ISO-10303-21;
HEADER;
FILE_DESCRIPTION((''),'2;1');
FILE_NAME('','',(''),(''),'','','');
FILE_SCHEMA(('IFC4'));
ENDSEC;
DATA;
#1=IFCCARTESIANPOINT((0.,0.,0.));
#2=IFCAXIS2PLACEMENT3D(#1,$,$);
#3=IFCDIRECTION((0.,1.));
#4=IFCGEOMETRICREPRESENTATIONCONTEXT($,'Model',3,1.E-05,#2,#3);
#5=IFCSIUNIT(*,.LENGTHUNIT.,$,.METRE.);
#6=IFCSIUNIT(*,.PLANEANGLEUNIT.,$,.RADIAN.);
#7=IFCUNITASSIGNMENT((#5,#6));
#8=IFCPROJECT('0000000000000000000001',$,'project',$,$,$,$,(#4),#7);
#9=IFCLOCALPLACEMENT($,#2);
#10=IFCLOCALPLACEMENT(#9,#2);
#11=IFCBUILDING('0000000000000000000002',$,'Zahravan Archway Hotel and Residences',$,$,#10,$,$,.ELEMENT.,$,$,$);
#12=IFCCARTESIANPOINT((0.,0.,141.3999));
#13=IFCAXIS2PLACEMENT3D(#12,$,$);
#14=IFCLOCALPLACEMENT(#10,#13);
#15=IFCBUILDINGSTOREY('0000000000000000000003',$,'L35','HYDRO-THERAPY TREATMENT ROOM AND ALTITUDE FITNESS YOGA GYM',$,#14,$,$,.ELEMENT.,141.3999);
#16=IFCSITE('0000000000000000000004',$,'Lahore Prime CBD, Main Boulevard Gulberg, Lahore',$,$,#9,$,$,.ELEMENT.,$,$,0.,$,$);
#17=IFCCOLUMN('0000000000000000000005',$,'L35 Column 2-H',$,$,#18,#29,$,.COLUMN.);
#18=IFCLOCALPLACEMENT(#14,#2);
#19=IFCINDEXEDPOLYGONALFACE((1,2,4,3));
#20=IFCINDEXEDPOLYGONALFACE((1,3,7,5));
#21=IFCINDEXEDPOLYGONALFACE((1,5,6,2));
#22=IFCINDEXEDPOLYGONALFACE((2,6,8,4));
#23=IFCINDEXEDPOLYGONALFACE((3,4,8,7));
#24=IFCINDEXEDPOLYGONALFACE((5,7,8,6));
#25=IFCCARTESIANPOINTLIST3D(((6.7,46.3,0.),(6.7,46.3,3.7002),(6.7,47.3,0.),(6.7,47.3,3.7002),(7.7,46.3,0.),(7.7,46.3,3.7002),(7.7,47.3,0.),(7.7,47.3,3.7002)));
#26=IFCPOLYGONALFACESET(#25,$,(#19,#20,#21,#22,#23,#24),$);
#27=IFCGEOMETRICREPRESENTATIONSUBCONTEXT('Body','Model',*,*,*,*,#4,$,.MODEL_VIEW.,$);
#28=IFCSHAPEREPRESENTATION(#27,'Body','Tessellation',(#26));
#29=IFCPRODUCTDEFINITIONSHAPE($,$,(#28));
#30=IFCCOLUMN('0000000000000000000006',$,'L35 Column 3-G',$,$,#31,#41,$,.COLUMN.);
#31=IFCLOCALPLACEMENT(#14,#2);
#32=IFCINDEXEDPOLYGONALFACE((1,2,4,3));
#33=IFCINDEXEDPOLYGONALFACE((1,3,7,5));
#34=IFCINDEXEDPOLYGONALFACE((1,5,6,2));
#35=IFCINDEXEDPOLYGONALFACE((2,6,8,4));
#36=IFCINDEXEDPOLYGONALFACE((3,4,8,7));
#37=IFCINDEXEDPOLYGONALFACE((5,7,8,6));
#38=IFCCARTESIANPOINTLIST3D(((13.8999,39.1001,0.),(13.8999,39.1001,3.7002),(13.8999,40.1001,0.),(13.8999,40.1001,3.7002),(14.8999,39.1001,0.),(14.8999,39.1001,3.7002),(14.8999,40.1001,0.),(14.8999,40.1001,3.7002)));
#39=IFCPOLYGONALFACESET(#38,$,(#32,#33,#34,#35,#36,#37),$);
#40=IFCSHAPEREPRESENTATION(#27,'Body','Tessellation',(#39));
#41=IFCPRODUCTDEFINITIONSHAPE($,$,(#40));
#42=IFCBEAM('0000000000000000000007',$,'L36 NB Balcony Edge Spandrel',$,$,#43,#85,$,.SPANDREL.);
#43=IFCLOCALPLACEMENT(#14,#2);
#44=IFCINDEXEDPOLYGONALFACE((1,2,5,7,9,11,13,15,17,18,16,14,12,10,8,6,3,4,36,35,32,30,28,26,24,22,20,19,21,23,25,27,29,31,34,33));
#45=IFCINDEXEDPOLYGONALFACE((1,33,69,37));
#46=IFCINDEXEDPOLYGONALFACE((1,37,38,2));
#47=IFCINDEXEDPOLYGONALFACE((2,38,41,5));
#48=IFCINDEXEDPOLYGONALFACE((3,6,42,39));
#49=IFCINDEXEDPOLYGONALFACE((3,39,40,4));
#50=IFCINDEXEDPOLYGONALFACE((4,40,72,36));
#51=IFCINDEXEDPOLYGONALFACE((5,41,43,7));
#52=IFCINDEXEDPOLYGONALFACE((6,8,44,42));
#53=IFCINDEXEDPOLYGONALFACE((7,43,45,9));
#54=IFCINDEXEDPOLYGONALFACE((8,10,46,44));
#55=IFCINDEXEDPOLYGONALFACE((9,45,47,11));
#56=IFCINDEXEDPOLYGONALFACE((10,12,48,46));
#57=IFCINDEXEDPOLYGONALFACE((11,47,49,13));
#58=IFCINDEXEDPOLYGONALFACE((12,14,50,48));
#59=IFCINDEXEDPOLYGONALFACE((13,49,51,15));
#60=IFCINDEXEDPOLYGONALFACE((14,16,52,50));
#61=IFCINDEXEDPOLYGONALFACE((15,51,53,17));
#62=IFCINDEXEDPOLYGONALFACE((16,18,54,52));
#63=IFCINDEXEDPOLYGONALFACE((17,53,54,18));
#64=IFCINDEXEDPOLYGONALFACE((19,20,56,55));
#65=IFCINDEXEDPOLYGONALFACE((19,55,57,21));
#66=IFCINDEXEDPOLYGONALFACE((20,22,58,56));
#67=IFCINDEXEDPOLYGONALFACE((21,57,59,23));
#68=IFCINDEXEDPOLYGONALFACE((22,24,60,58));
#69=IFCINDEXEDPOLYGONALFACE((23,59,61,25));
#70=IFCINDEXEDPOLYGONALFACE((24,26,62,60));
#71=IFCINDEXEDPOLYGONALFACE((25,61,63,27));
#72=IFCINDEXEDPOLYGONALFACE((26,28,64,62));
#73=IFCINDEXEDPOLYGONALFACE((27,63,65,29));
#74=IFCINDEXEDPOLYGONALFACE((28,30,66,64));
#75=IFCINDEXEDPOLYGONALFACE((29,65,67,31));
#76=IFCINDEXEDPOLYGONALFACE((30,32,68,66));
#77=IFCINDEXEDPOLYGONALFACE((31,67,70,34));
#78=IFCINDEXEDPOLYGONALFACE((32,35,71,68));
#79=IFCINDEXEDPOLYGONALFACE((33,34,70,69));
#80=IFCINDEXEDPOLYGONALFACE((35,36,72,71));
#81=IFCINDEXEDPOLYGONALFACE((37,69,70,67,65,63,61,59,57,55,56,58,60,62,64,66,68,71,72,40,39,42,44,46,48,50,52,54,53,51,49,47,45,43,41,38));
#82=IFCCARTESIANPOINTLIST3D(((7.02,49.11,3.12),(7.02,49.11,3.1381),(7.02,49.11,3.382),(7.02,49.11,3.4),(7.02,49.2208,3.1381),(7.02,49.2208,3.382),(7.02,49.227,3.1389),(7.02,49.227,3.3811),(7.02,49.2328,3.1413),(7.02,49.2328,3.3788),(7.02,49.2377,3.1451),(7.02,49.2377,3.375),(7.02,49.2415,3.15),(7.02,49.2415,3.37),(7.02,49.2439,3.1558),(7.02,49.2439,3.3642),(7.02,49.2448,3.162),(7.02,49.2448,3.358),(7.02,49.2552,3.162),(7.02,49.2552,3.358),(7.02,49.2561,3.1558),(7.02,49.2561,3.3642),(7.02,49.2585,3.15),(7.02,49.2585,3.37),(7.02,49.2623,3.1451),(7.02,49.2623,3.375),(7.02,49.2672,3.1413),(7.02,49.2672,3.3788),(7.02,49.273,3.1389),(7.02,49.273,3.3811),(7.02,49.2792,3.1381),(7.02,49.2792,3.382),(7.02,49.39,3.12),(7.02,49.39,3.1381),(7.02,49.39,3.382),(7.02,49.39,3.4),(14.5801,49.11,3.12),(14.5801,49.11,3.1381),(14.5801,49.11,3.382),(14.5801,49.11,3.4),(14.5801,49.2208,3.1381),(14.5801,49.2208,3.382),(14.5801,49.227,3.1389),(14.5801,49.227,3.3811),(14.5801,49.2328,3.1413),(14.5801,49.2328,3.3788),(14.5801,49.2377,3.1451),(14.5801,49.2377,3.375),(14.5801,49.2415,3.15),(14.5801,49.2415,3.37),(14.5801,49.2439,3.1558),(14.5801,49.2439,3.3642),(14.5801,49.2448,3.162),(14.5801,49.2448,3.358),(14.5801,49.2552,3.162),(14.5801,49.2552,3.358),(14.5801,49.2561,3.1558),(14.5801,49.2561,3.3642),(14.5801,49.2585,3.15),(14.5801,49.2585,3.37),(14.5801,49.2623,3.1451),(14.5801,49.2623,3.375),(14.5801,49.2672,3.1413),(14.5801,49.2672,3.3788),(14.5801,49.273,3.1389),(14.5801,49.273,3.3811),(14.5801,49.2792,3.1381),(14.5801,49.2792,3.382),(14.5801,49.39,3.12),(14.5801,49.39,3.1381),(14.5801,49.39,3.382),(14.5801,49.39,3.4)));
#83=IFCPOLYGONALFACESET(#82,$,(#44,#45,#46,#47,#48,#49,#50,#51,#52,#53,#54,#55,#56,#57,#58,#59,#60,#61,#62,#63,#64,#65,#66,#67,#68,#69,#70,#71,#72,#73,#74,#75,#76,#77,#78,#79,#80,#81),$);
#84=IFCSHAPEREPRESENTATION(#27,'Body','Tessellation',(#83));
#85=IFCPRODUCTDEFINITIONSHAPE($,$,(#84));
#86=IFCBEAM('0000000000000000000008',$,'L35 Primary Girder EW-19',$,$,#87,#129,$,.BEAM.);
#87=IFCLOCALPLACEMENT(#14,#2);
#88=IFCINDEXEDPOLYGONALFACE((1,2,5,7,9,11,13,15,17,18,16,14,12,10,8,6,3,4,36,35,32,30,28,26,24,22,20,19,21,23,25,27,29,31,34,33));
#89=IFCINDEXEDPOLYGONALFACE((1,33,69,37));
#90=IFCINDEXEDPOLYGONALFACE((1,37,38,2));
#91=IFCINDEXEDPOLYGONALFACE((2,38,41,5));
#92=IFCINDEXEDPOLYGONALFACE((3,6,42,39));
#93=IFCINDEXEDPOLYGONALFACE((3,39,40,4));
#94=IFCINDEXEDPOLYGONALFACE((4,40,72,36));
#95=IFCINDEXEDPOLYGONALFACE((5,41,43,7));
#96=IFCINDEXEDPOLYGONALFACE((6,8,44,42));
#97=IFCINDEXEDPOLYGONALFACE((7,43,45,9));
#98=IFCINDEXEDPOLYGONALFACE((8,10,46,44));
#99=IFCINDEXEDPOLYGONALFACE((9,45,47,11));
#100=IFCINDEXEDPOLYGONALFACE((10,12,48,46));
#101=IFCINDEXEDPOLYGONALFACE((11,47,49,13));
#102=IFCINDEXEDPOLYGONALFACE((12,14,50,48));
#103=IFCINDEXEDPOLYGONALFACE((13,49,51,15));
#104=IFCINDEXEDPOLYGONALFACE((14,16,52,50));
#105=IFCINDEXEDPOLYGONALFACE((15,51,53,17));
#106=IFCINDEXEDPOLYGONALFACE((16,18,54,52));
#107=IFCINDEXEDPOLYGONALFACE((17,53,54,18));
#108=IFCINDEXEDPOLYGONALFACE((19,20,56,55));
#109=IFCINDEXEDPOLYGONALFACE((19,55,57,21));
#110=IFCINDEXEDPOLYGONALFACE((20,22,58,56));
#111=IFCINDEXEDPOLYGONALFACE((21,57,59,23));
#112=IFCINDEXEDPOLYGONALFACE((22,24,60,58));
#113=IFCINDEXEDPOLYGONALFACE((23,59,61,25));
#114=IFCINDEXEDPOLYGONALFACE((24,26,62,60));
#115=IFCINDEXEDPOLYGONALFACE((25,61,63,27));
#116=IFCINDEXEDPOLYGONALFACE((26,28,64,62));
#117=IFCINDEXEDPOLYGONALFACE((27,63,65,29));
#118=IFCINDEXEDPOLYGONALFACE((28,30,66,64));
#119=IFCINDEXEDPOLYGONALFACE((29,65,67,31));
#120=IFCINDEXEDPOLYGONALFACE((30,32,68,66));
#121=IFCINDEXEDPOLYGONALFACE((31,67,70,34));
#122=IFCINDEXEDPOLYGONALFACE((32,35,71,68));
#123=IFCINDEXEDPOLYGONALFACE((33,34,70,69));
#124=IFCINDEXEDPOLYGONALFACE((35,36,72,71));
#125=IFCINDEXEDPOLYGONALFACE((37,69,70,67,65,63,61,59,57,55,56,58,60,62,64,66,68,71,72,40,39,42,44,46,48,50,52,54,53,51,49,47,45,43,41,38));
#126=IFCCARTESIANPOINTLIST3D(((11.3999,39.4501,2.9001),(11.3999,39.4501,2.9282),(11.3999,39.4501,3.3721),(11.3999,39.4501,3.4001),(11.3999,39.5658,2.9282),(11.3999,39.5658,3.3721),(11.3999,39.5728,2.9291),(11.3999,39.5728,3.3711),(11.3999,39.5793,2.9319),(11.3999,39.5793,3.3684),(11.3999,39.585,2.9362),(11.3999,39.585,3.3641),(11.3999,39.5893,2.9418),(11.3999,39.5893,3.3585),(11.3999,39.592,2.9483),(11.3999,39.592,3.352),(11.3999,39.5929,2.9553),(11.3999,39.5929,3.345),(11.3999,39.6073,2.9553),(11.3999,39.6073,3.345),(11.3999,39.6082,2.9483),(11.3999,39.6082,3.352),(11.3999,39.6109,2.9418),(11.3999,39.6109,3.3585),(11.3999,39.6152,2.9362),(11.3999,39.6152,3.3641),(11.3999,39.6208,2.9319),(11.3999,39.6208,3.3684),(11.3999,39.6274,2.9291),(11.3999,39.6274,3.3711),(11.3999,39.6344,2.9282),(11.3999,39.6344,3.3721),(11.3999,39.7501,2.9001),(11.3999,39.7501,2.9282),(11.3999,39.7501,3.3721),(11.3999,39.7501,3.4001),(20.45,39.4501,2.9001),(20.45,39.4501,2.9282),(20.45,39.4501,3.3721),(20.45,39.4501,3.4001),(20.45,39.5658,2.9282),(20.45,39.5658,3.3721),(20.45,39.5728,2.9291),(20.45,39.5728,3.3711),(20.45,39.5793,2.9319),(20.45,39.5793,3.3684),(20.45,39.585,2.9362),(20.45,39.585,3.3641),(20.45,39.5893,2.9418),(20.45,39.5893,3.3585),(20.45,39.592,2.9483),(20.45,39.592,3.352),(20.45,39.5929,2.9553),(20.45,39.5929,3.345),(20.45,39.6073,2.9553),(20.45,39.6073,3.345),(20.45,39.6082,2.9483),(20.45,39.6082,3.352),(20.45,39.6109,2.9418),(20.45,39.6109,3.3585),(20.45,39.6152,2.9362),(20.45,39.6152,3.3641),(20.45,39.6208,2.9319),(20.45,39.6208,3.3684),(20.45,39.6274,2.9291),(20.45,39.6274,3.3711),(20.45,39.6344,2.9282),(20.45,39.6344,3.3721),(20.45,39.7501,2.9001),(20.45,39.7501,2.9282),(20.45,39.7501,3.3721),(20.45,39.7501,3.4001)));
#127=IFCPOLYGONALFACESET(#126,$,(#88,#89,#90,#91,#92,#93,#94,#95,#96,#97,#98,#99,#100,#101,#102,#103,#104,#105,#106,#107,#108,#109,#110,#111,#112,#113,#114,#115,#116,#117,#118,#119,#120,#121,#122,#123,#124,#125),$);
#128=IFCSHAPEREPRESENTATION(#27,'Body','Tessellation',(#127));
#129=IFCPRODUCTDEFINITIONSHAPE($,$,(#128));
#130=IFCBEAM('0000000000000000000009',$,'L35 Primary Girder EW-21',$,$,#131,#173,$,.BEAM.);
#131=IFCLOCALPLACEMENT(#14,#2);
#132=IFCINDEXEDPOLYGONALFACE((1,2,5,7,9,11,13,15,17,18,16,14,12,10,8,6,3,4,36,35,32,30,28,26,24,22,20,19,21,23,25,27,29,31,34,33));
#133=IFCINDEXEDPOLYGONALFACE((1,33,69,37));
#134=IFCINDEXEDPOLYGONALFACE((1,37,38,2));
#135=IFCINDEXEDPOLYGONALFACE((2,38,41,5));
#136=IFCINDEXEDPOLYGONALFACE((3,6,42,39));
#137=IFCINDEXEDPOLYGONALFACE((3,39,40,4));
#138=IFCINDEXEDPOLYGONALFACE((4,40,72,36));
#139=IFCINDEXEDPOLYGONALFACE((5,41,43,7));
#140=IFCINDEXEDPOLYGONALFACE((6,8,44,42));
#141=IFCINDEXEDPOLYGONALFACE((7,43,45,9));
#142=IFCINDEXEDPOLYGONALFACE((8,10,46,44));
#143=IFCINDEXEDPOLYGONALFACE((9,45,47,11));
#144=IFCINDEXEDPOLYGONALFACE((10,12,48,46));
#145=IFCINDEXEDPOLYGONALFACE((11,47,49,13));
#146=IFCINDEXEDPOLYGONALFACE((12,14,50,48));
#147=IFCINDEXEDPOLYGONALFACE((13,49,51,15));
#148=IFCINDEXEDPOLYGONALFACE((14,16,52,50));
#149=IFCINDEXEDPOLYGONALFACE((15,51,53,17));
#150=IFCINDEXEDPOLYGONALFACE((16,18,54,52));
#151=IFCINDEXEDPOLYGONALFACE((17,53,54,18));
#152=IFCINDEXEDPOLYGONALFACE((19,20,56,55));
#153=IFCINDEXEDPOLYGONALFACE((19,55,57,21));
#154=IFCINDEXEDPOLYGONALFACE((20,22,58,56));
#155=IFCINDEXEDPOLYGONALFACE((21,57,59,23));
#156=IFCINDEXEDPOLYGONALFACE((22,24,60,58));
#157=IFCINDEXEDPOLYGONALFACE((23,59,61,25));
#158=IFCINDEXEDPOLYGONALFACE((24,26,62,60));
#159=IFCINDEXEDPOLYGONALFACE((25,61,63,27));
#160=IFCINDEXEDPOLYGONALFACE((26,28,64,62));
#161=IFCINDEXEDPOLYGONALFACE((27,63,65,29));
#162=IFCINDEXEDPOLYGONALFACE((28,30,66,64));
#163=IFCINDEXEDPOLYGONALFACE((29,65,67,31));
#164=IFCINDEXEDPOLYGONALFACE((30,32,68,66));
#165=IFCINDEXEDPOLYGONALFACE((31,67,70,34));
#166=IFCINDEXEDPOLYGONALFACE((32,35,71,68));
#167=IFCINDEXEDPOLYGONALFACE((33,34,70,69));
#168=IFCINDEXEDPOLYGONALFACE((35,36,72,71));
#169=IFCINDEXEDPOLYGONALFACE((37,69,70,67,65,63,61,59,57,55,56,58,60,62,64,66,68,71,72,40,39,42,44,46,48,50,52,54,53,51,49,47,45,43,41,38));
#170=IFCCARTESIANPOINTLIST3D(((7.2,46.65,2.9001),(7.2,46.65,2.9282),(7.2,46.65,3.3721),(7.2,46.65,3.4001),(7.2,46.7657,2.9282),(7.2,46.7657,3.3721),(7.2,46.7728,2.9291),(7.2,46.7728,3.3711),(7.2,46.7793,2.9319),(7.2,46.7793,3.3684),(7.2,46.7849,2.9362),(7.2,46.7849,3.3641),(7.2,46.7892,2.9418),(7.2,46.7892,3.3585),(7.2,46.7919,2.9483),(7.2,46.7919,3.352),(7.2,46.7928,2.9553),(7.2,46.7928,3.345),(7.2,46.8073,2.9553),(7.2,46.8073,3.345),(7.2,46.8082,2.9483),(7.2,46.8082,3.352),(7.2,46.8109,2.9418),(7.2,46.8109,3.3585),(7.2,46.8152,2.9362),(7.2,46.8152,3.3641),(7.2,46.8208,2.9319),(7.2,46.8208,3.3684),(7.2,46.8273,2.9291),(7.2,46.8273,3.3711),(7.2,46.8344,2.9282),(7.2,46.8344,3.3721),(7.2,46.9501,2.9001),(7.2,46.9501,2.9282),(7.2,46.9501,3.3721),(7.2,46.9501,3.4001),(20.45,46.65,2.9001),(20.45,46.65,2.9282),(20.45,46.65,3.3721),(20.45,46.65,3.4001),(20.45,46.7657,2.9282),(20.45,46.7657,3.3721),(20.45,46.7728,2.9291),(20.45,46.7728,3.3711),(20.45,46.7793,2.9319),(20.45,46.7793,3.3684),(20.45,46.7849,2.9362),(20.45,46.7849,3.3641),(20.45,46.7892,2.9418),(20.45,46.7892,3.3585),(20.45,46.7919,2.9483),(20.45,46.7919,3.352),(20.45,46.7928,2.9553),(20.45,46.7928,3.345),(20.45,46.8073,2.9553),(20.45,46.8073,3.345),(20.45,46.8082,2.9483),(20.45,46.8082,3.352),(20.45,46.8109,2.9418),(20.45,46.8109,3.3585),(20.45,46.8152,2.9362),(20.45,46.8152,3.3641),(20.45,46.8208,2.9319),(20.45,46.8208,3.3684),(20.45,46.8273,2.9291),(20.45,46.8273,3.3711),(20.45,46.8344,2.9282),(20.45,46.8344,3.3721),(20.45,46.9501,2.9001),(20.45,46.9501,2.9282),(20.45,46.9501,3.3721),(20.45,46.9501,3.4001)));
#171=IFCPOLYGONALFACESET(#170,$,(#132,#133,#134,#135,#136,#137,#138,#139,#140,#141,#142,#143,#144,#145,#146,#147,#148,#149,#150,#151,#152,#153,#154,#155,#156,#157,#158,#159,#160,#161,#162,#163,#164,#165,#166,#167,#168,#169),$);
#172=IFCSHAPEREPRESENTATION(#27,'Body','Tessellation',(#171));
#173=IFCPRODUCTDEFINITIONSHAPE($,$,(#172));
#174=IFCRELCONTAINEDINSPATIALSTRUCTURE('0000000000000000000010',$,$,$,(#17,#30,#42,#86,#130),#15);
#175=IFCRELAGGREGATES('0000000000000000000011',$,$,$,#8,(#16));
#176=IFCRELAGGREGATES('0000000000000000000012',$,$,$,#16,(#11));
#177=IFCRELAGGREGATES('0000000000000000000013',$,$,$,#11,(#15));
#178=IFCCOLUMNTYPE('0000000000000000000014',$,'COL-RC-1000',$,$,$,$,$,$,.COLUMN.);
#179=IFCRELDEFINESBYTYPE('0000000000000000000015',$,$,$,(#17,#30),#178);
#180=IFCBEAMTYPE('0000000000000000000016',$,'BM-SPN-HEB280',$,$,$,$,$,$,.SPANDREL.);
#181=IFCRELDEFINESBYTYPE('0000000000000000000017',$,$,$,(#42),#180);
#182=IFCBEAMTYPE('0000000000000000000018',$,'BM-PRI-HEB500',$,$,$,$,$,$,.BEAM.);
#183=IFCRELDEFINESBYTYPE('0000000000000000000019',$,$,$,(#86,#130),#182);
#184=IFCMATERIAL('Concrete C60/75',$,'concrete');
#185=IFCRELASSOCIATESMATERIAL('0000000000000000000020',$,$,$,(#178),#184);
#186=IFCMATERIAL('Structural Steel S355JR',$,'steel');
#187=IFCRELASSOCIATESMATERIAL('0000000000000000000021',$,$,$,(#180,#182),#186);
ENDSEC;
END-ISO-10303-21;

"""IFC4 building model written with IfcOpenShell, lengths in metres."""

from ifc_helpers import new_model, si_unit, direction, frame, origin, origin_2d, place, context, subcontext, project, spatial, rectangle, i_section, extrude, source, transform, mapped, material, material_profile, profile_set, type_object, type_shapes, element, save


model = new_model("IFC4")

# Units and contexts
model_context = context("Model", 3, precision=1e-05, world=origin(), true_north=direction((0.0, 1.0)))
body_context = subcontext(model_context, "Body", "Model", "MODEL_VIEW")
ifc_project = project(units=[si_unit("LENGTHUNIT", "METRE"), si_unit("PLANEANGLEUNIT", "RADIAN")], contexts=[model_context])

# Site, building, storey
site_placement = place(None, origin())
site = spatial("IfcSite", under=ifc_project, at=site_placement, Name="Lahore Prime CBD, Main Boulevard Gulberg, Lahore", CompositionType="ELEMENT", RefElevation=0.0)
building_placement = place(site_placement, origin())
building = spatial("IfcBuilding", under=site, at=building_placement, Name="Zahravan Archway Hotel and Residences", CompositionType="ELEMENT")
storey_placement = place(building_placement, frame((0.0, 0.0, 141.3999)))
storey = spatial("IfcBuildingStorey", under=building, at=storey_placement, Name="L35", Description="HYDRO-THERAPY TREATMENT ROOM AND ALTITUDE FITNESS YOGA GYM", CompositionType="ELEMENT", Elevation=141.3999)

# Columns
ifc_material_1 = material(Name="Concrete C60/75", Category="concrete")
ifc_material_profile_1 = material_profile(ifc_material_1, rectangle(XDim=1.0, YDim=1.0, at=origin_2d()), Name="RC-COL-1000x1000", Category="concrete")
ifc_profile_set_1 = profile_set([ifc_material_profile_1], Name="Concrete C60/75")
column_type = type_object("IfcColumnType", Name="COL-RC-1000", PredefinedType="COLUMN", material=ifc_profile_set_1)
shared_shape_1 = source(origin(), body_context, "Body", "SweptSolid", [
    extrude(rectangle(XDim=1.0, YDim=1.0, at=origin_2d()), origin(), (0.0, 0.0, 1.0), 3.7002),
])
for number, where, z_axis, x_axis, name in (
    (1, (7.2, 46.8, 0.0), (0.0, 0.0, 1.0), (1.0, 0.0, 0.0), "L35 Column 2-H"),
    (2, (14.3999, 39.6001, 0.0), (0.0, 0.0, 1.0), (1.0, 0.0, 0.0), "L35 Column 3-G"),
):
    element("IfcColumn", number, at=place(storey_placement, frame(where, z_axis=z_axis, x_axis=x_axis)), inside=storey, type_object=column_type, Name=name, PredefinedType="COLUMN", context=body_context, shape_type="MappedRepresentation", body=[
        mapped(shared_shape_1, transform((0.0, 0.0, 0.0), scale=1.0)),
    ])

# Beams
ifc_material_2 = material(Name="Structural Steel S355JR", Category="steel")
ifc_material_profile_2 = material_profile(ifc_material_2, i_section(OverallWidth=0.28, OverallDepth=0.28, WebThickness=0.0105, FlangeThickness=0.0181, FilletRadius=0.0239, at=origin_2d()), Name="HEB 280", Category="steel")
ifc_profile_set_2 = profile_set([ifc_material_profile_2], Name="Structural Steel S355JR")
beam_type_1 = type_object("IfcBeamType", Name="BM-SPN-HEB280", PredefinedType="SPANDREL", material=ifc_profile_set_2)
shared_shape_2 = source(origin(), body_context, "Body", "SweptSolid", [
    extrude(i_section(OverallWidth=0.28, OverallDepth=0.28, WebThickness=0.0105, FlangeThickness=0.0181, FilletRadius=0.0239, at=origin_2d()), origin(), (0.0, 0.0, 1.0), 7.5601),
])
type_shapes(beam_type_1, [shared_shape_2])
beam_1_placement = place(storey_placement, frame((7.02, 49.25, 3.26), z_axis=(1.0, 0.0, 0.0), x_axis=(0.0, 1.0, 0.0)))
element("IfcBeam", 3, at=beam_1_placement, inside=storey, type_object=beam_type_1, Name="L36 NB Balcony Edge Spandrel", PredefinedType="SPANDREL", context=body_context, shape_type="MappedRepresentation", body=[
    mapped(shared_shape_2, transform((0.0, 0.0, 0.0), scale=1.0)),
])
ifc_material_profile_3 = material_profile(ifc_material_2, i_section(OverallWidth=0.3, OverallDepth=0.5, WebThickness=0.0144, FlangeThickness=0.0281, FilletRadius=0.0271, at=origin_2d()), Name="HEB 500", Category="steel")
ifc_profile_set_3 = profile_set([ifc_material_profile_3], Name="Structural Steel S355JR")
beam_type_2 = type_object("IfcBeamType", Name="BM-PRI-HEB500", PredefinedType="BEAM", material=ifc_profile_set_3)
shared_shape_3 = source(origin(), body_context, "Body", "SweptSolid", [
    extrude(i_section(OverallWidth=0.3, OverallDepth=0.5, WebThickness=0.0144, FlangeThickness=0.0281, FilletRadius=0.0271, at=origin_2d()), origin(), (0.0, 0.0, 1.0), 9.05),
])
beam_2_placement = place(storey_placement, frame((11.3999, 39.6001, 3.1501), z_axis=(1.0, 0.0, 0.0), x_axis=(0.0, 1.0, 0.0)))
element("IfcBeam", 4, at=beam_2_placement, inside=storey, type_object=beam_type_2, Name="L35 Primary Girder EW-19", PredefinedType="BEAM", context=body_context, shape_type="MappedRepresentation", body=[
    mapped(shared_shape_3, transform((0.0, 0.0, 0.0), scale=1.0)),
])
shared_shape_4 = source(origin(), body_context, "Body", "SweptSolid", [
    extrude(i_section(OverallWidth=0.3, OverallDepth=0.5, WebThickness=0.0144, FlangeThickness=0.0281, FilletRadius=0.0271, at=origin_2d()), origin(), (0.0, 0.0, 1.0), 13.25),
])
beam_3_placement = place(storey_placement, frame((7.2, 46.8, 3.1501), z_axis=(1.0, 0.0, 0.0), x_axis=(0.0, 1.0, 0.0)))
element("IfcBeam", 5, at=beam_3_placement, inside=storey, type_object=beam_type_2, Name="L35 Primary Girder EW-21", PredefinedType="BEAM", context=body_context, shape_type="MappedRepresentation", body=[
    mapped(shared_shape_4, transform((0.0, 0.0, 0.0), scale=1.0)),
])

save(model, "model.ifc")
